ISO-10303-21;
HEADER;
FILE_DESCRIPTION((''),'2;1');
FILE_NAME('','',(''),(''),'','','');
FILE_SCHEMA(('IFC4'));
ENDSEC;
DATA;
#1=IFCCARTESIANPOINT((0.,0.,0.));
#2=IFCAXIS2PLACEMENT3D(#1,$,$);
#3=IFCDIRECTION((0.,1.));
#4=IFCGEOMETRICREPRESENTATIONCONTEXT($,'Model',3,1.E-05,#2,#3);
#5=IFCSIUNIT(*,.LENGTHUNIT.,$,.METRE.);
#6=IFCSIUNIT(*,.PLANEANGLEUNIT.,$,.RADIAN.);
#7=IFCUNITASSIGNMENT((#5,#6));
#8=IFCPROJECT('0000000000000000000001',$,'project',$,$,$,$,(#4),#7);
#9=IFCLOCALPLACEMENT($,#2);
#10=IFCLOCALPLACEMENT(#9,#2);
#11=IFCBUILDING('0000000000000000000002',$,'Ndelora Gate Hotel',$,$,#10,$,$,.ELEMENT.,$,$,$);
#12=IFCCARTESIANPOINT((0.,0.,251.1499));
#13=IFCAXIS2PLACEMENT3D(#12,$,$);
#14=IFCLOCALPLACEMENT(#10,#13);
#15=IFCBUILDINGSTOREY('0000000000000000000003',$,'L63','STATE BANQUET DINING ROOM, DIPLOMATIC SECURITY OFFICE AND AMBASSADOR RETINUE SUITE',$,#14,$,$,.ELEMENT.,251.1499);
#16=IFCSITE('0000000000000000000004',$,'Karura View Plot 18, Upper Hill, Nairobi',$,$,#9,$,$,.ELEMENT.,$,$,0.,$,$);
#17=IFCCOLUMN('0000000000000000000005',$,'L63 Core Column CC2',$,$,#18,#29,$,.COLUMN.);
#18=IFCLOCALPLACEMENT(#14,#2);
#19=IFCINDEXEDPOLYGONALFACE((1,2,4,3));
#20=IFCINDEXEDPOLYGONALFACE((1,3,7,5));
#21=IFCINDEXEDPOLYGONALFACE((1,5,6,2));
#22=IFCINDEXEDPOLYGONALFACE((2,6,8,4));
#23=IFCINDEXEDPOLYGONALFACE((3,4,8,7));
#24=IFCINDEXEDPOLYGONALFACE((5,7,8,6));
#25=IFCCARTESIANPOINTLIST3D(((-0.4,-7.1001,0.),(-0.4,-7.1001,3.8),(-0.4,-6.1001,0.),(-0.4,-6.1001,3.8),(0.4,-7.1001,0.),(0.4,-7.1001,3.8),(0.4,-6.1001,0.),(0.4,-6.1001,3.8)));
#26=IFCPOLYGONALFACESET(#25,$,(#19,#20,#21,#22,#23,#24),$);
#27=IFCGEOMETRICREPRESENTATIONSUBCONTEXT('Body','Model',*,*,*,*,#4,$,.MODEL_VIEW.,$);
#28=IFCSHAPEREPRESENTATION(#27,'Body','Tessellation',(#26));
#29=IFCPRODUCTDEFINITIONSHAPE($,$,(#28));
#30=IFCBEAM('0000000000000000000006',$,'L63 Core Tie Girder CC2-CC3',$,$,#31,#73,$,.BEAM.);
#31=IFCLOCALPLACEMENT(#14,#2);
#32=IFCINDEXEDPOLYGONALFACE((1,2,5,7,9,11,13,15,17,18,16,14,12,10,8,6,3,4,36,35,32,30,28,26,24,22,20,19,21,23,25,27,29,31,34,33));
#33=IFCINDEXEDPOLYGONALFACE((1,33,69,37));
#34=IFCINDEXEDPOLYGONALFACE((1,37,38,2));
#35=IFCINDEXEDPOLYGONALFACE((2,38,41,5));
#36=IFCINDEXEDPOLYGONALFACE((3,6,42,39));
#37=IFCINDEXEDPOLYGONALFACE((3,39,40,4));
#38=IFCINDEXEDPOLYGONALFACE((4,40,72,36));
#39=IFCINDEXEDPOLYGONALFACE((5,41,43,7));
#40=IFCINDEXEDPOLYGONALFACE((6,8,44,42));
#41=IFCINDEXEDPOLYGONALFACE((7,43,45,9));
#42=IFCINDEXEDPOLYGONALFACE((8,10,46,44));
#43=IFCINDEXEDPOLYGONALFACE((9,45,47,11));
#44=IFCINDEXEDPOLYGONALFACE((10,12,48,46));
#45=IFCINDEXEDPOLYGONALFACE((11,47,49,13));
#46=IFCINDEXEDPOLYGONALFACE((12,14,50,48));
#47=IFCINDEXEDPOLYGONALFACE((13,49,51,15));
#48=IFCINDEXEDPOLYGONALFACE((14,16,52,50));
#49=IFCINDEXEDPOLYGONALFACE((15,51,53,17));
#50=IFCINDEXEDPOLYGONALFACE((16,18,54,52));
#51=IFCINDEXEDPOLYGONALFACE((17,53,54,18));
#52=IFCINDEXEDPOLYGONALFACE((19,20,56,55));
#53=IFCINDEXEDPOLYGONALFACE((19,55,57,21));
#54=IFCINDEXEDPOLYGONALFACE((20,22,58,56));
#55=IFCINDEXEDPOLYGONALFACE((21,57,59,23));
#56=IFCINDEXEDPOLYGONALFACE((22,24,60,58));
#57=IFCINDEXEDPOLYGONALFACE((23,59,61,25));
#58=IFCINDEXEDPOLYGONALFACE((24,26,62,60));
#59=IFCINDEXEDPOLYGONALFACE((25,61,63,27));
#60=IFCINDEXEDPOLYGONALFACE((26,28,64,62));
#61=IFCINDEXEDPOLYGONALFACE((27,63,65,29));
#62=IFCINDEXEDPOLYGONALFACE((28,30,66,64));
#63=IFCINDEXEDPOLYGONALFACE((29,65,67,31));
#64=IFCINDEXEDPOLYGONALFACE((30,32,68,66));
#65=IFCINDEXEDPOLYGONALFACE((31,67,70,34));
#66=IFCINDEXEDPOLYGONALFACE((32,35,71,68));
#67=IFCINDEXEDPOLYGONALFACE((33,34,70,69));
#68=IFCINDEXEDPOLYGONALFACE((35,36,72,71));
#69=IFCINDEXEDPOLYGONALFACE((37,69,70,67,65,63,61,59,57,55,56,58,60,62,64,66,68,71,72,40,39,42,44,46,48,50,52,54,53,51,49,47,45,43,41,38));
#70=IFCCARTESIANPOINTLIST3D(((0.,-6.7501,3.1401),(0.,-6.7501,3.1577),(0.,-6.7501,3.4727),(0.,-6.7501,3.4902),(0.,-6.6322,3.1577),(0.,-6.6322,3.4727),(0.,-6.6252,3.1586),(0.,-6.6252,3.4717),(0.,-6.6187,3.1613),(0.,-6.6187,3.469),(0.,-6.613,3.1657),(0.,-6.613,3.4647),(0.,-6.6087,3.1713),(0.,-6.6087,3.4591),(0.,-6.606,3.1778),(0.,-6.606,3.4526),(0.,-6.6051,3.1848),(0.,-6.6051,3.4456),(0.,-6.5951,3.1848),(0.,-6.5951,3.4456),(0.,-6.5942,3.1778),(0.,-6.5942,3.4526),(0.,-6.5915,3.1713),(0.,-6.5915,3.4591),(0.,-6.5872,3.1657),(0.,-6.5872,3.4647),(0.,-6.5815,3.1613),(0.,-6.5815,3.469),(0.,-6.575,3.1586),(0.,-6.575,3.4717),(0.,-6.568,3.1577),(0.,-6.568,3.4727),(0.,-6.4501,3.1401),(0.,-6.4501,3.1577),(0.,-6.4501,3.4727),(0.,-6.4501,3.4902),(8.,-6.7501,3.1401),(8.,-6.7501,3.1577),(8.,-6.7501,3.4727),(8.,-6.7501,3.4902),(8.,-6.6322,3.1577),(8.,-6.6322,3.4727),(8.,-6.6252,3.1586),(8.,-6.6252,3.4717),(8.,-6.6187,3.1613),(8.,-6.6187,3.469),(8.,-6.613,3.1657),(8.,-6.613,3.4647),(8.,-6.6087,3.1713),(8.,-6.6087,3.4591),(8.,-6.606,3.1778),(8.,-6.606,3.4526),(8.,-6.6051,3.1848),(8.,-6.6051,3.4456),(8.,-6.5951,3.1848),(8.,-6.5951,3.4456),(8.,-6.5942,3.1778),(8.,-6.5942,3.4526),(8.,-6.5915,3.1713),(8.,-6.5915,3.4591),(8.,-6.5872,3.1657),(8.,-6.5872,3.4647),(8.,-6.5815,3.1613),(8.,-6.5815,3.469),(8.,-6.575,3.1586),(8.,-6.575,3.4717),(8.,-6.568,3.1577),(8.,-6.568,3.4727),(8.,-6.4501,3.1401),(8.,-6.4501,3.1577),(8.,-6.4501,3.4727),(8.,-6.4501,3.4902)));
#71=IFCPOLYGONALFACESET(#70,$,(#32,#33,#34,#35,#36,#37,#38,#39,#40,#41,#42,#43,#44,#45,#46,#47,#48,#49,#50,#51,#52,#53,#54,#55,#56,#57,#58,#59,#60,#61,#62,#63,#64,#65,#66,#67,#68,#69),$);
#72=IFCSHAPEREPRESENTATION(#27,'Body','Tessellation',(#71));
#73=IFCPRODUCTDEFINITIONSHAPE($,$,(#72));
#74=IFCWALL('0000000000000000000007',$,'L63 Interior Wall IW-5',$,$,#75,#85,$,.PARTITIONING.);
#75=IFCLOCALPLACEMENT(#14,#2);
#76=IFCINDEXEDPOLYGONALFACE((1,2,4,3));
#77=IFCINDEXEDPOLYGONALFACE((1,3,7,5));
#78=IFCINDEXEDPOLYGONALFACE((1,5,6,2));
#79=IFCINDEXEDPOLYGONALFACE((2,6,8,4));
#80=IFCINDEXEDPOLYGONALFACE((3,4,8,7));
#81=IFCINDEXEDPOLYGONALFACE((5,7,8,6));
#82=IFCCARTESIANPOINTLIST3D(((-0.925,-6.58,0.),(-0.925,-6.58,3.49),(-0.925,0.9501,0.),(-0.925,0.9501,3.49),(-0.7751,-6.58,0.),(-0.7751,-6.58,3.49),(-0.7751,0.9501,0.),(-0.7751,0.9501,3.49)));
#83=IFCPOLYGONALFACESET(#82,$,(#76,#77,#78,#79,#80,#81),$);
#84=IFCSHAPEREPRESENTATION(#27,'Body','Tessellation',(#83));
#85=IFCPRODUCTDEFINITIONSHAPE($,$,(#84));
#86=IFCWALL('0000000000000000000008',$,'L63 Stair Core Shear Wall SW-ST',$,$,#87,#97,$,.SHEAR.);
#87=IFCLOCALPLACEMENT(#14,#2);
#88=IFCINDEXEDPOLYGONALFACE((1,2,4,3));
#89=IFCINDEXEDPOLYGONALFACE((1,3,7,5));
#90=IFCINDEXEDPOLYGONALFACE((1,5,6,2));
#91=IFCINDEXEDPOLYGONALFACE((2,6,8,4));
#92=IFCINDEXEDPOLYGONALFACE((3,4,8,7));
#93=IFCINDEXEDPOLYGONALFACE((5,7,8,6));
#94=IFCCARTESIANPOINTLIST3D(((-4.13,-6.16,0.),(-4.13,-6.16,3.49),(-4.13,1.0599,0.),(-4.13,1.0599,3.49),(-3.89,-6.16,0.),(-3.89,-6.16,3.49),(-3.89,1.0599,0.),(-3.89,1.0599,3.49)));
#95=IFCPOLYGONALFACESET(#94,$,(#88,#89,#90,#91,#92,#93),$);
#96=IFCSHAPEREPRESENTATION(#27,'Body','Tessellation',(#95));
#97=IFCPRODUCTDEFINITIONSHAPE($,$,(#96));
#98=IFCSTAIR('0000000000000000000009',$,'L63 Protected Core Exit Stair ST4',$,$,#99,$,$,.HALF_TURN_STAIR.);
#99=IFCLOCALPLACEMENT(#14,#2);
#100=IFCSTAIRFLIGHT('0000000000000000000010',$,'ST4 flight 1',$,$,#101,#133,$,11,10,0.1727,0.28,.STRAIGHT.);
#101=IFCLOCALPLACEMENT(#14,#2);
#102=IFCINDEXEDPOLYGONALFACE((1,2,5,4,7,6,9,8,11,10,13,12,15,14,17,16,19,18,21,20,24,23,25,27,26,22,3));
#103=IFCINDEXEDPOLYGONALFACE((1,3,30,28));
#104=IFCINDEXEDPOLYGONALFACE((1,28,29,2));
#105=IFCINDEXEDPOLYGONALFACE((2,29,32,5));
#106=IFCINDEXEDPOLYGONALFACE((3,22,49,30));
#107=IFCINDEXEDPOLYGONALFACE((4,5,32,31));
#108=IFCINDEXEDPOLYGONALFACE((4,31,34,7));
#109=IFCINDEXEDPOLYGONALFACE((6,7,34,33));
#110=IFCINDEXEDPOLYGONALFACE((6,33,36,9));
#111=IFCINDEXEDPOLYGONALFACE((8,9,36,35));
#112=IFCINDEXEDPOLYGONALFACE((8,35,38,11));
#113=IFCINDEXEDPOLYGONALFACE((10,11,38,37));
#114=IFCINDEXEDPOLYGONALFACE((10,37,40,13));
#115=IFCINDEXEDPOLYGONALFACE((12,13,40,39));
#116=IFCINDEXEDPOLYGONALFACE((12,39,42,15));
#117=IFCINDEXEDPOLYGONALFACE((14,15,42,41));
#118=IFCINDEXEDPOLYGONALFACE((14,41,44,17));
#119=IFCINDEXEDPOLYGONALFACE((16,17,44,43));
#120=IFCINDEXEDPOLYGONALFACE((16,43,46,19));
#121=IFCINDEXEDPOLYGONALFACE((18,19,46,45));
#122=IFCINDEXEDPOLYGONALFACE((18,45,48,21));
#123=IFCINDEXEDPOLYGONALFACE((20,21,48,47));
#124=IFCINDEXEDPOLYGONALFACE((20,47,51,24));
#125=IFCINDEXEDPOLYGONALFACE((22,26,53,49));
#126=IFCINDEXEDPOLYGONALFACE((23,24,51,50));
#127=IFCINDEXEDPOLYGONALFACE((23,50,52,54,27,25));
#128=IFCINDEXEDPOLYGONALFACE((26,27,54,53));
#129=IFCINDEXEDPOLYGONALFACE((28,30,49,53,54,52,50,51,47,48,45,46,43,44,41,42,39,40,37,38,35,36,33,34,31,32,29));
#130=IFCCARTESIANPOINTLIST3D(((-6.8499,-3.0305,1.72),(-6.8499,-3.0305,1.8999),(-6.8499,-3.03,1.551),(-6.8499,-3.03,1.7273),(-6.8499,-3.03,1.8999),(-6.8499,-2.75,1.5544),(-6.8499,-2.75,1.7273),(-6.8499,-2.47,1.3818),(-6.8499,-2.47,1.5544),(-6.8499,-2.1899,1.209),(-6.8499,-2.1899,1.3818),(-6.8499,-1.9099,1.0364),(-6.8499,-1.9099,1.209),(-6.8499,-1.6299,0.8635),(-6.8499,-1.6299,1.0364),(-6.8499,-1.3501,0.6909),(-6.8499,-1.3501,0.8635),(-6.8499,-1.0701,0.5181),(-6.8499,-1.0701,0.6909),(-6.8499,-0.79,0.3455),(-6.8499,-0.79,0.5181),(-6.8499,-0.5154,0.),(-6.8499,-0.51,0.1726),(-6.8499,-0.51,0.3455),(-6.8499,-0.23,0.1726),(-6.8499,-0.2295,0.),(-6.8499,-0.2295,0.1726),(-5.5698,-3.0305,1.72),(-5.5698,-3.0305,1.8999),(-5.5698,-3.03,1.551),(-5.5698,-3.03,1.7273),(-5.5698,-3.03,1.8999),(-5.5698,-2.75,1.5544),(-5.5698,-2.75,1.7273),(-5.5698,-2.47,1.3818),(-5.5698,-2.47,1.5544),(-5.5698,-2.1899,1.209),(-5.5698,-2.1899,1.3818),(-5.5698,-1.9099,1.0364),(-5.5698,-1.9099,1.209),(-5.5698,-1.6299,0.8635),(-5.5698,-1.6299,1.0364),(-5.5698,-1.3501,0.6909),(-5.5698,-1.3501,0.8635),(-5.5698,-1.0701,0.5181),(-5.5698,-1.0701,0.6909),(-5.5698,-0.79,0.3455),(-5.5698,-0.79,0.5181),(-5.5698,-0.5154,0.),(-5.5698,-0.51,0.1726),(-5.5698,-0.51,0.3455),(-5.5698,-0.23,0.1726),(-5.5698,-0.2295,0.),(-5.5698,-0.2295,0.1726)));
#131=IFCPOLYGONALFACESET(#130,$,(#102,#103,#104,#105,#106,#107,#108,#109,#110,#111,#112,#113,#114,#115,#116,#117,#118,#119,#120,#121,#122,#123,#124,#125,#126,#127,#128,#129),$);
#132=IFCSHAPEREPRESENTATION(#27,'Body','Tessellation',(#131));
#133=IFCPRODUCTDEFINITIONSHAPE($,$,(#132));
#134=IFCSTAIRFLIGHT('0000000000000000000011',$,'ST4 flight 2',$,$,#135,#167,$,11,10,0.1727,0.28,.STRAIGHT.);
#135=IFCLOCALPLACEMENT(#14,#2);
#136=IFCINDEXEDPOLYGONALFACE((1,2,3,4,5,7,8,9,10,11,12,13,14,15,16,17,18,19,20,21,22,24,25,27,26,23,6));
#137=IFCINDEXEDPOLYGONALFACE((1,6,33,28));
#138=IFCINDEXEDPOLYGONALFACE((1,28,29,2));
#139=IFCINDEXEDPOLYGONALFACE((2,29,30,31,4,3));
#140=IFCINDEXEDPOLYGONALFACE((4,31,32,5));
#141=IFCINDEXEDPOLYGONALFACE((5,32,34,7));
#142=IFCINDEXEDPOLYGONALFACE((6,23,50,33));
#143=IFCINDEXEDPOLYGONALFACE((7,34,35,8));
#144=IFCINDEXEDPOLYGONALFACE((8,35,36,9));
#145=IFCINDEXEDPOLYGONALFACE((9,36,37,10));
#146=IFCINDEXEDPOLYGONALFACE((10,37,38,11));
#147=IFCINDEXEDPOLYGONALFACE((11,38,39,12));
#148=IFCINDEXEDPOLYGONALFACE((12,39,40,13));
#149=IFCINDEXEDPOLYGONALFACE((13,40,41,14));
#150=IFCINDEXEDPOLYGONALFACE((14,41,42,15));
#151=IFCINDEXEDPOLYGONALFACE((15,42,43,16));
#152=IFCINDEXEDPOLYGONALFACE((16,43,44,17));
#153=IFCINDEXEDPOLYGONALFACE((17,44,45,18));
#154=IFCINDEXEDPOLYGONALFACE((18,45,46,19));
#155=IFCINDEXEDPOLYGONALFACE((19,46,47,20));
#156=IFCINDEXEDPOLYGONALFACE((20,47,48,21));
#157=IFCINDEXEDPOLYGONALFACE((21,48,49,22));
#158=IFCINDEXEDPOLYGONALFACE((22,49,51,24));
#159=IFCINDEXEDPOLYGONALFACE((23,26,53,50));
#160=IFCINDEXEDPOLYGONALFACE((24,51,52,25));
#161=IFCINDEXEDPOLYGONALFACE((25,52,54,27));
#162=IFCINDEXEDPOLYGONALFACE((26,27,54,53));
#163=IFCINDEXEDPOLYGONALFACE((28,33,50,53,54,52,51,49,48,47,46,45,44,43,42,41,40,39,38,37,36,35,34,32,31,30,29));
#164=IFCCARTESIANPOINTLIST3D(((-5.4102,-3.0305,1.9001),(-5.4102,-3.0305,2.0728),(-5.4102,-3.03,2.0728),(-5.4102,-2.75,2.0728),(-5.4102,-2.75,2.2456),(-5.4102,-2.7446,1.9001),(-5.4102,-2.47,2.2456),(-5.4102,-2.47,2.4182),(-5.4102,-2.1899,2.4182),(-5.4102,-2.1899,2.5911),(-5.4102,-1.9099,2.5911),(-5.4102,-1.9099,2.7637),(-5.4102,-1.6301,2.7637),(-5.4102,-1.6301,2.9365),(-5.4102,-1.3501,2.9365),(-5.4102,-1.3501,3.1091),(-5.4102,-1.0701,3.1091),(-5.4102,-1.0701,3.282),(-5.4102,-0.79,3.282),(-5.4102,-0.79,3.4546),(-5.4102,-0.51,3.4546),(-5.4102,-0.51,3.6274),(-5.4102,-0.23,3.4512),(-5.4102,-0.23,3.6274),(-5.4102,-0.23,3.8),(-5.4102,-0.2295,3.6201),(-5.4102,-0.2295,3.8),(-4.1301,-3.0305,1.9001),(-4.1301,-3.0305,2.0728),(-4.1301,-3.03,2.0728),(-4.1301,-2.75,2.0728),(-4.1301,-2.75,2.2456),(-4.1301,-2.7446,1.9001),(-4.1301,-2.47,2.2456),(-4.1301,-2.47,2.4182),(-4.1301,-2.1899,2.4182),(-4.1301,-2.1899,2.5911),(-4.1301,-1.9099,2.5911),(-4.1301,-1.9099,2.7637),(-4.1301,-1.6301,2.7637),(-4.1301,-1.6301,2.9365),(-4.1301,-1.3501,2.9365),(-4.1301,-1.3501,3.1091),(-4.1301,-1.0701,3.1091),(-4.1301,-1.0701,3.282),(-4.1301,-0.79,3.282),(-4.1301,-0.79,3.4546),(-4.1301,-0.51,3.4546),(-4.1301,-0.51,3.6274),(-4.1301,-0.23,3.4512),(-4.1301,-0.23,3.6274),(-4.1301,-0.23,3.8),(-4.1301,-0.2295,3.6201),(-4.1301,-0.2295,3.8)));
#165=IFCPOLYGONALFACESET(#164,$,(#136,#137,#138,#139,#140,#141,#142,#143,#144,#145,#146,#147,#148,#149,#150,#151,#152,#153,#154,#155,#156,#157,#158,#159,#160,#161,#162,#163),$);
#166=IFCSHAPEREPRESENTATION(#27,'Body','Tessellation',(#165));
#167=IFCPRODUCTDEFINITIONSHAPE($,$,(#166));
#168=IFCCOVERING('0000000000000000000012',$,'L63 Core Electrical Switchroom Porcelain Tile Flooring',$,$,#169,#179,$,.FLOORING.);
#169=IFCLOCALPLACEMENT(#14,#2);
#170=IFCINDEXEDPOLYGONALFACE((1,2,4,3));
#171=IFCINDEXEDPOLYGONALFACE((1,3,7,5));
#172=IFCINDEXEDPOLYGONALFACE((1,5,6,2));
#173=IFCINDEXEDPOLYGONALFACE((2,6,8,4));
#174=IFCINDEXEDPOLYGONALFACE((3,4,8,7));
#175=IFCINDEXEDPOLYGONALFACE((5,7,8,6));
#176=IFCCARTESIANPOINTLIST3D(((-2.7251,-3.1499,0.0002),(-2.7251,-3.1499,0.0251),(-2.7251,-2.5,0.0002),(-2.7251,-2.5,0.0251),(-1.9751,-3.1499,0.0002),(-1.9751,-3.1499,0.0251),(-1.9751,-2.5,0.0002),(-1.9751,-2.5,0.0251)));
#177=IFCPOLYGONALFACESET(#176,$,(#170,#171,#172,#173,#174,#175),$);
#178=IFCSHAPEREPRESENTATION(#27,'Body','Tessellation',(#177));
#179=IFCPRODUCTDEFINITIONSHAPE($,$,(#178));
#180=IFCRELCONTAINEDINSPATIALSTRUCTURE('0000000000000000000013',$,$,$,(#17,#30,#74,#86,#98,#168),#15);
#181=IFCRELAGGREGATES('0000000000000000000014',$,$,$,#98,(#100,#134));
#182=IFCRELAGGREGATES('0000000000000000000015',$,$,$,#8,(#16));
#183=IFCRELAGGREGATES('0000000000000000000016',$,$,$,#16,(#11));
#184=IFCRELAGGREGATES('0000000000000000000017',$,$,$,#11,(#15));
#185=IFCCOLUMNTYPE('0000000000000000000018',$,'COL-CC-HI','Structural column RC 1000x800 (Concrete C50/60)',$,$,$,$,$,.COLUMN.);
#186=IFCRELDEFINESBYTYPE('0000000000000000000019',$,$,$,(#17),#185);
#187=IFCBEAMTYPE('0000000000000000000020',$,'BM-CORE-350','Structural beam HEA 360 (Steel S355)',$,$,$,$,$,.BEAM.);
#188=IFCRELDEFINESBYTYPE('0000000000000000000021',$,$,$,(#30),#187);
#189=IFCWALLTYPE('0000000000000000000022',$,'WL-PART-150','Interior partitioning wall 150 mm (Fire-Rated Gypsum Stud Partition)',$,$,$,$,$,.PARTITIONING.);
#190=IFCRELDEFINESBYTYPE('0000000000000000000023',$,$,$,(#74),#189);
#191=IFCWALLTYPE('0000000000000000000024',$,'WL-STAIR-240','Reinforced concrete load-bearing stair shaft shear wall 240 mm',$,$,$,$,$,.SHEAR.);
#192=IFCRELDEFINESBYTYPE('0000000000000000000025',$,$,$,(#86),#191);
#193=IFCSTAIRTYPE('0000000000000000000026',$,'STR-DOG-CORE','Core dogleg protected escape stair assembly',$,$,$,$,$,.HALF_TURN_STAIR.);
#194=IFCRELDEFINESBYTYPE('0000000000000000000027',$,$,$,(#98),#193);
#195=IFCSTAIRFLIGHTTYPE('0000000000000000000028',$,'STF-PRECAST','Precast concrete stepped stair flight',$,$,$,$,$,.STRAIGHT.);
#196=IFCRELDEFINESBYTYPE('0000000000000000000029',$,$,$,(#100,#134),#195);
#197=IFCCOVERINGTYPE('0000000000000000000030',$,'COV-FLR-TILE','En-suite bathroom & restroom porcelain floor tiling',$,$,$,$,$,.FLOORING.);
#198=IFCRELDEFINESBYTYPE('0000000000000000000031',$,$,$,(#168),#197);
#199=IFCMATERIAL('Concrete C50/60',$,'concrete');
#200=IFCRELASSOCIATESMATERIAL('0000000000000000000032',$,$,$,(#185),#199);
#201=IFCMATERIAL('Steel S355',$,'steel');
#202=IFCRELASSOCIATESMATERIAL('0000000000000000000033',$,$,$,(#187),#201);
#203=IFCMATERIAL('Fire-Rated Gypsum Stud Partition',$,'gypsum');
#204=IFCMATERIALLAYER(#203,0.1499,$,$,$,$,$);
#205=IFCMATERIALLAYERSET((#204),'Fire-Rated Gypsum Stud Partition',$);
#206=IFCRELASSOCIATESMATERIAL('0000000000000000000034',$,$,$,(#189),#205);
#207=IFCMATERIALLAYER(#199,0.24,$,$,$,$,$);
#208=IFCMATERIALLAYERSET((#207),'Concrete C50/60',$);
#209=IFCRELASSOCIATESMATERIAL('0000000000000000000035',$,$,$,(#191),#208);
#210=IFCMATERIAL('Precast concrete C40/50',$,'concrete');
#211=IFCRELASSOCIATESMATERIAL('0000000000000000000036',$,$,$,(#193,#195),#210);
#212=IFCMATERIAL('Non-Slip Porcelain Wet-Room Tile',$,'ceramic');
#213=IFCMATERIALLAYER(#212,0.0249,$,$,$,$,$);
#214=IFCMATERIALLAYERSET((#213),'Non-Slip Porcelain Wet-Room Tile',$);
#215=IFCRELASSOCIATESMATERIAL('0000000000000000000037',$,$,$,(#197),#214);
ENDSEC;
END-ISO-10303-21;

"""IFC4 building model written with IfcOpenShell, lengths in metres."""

from ifc_helpers import new_model, si_unit, direction, frame, frame_2d, origin, origin_2d, place, context, subcontext, project, spatial, polyline, rectangle, i_section, outline, extrude, material, layer, layer_set, material_profile, profile_set, type_object, element, aggregate, save


model = new_model("IFC4")

# Units and contexts
model_context = context("Model", 3, precision=1e-05, world=origin(), true_north=direction((0.0, 1.0)))
body_context = subcontext(model_context, "Body", "Model", "MODEL_VIEW")
ifc_project = project(units=[si_unit("LENGTHUNIT", "METRE"), si_unit("PLANEANGLEUNIT", "RADIAN")], contexts=[model_context])

# Site, building, storey
site_placement = place(None, origin())
site = spatial("IfcSite", under=ifc_project, at=site_placement, Name="Karura View Plot 18, Upper Hill, Nairobi", CompositionType="ELEMENT", RefElevation=0.0)
building_placement = place(site_placement, origin())
building = spatial("IfcBuilding", under=site, at=building_placement, Name="Ndelora Gate Hotel", CompositionType="ELEMENT")
storey_placement = place(building_placement, frame((0.0, 0.0, 251.1499)))
storey = spatial("IfcBuildingStorey", under=building, at=storey_placement, Name="L63", Description="STATE BANQUET DINING ROOM, DIPLOMATIC SECURITY OFFICE AND AMBASSADOR RETINUE SUITE", CompositionType="ELEMENT", Elevation=251.1499)

# Column
ifc_material_1 = material(Name="Concrete C50/60", Category="concrete")
ifc_material_profile_1 = material_profile(ifc_material_1, rectangle(XDim=0.8, YDim=1.0, at=origin_2d()), Name="RC 1000x800")
ifc_profile_set_1 = profile_set([ifc_material_profile_1], Name="Concrete C50/60")
column_type = type_object("IfcColumnType", Name="COL-CC-HI", Description="Structural column RC 1000x800 (Concrete C50/60)", PredefinedType="COLUMN", material=ifc_profile_set_1)
column_placement = place(storey_placement, frame((0.0, -6.6001, 0.0), z_axis=(0.0, 0.0, 1.0), x_axis=(1.0, 0.0, 0.0)))
element("IfcColumn", 1, at=column_placement, inside=storey, type_object=column_type, Name="L63 Core Column CC2", PredefinedType="COLUMN", context=body_context, shape_type="SweptSolid", body=[
    extrude(rectangle(XDim=0.8, YDim=1.0, at=origin_2d()), origin(), (0.0, 0.0, 1.0), 3.8),
])

# Beam
ifc_material_2 = material(Name="Steel S355", Category="steel")
ifc_material_profile_2 = material_profile(ifc_material_2, i_section(OverallWidth=0.3, OverallDepth=0.3501, WebThickness=0.01, FlangeThickness=0.0176, FilletRadius=0.0271, at=origin_2d()), Name="HEA 360")
ifc_profile_set_2 = profile_set([ifc_material_profile_2], Name="Steel S355")
beam_type = type_object("IfcBeamType", Name="BM-CORE-350", Description="Structural beam HEA 360 (Steel S355)", PredefinedType="BEAM", material=ifc_profile_set_2)
beam_placement = place(storey_placement, frame((0.0, -6.6001, 3.3152), z_axis=(1.0, 0.0, 0.0), x_axis=(0.0, 1.0, 0.0)))
element("IfcBeam", 2, at=beam_placement, inside=storey, type_object=beam_type, Name="L63 Core Tie Girder CC2-CC3", PredefinedType="BEAM", context=body_context, shape_type="SweptSolid", body=[
    extrude(i_section(OverallWidth=0.3, OverallDepth=0.3501, WebThickness=0.01, FlangeThickness=0.0176, FilletRadius=0.0271, at=origin_2d()), origin(), (0.0, 0.0, 1.0), 8.0),
])

# Walls
ifc_material_3 = material(Name="Fire-Rated Gypsum Stud Partition", Category="gypsum")
ifc_layer_1 = layer(ifc_material_3, 0.1499)
ifc_layer_set_1 = layer_set([ifc_layer_1], Name="Fire-Rated Gypsum Stud Partition")
wall_type_1 = type_object("IfcWallType", Name="WL-PART-150", Description="Interior partitioning wall 150 mm (Fire-Rated Gypsum Stud Partition)", PredefinedType="PARTITIONING", material=ifc_layer_set_1)
wall_1_placement = place(storey_placement, frame((-0.8501, -6.5801, 0.0), z_axis=(0.0, 0.0, 1.0), x_axis=(0.0, 1.0, 0.0)))
element("IfcWall", 3, at=wall_1_placement, inside=storey, type_object=wall_type_1, Name="L63 Interior Wall IW-5", PredefinedType="PARTITIONING", context=body_context, shape_type="SweptSolid", body=[
    extrude(rectangle(XDim=7.53, YDim=0.1499, at=frame_2d((3.7651, 0.0))), origin(), (0.0, 0.0, 1.0), 3.49),
])
ifc_layer_2 = layer(ifc_material_1, 0.24)
ifc_layer_set_2 = layer_set([ifc_layer_2], Name="Concrete C50/60")
wall_type_2 = type_object("IfcWallType", Name="WL-STAIR-240", Description="Reinforced concrete load-bearing stair shaft shear wall 240 mm", PredefinedType="SHEAR", material=ifc_layer_set_2)
wall_2_placement = place(storey_placement, frame((-4.01, -6.1599, 0.0), z_axis=(0.0, 0.0, 1.0), x_axis=(0.0, 1.0, 0.0)))
element("IfcWall", 4, at=wall_2_placement, inside=storey, type_object=wall_type_2, Name="L63 Stair Core Shear Wall SW-ST", PredefinedType="SHEAR", context=body_context, shape_type="SweptSolid", body=[
    extrude(rectangle(XDim=7.22, YDim=0.24, at=frame_2d((3.6099, 0.0))), origin(), (0.0, 0.0, 1.0), 3.49),
])

# Stair, stair flights
ifc_material_4 = material(Name="Precast concrete C40/50", Category="concrete")
stair_type = type_object("IfcStairType", Name="STR-DOG-CORE", Description="Core dogleg protected escape stair assembly", PredefinedType="HALF_TURN_STAIR", material=ifc_material_4)
stair_placement = place(storey_placement, origin())
stair = element("IfcStair", 5, at=stair_placement, inside=storey, type_object=stair_type, Name="L63 Protected Core Exit Stair ST4", PredefinedType="HALF_TURN_STAIR")
stair_flight_type = type_object("IfcStairFlightType", Name="STF-PRECAST", Description="Precast concrete stepped stair flight", PredefinedType="STRAIGHT", material=ifc_material_4)
stair_flight_1_placement = place(storey_placement, frame((-6.21, -0.23, 0.0), z_axis=(0.0, 0.0, 1.0), x_axis=(0.0, -1.0, 0.0)))
stair_flight_1 = element("IfcStairFlight", 6, at=stair_flight_1_placement, type_object=stair_flight_type, Name="ST4 flight 1", NumberOfRisers=11, NumberOfTreads=10, PredefinedType="STRAIGHT", RiserHeight=0.1727, TreadLength=0.28, context=body_context, shape_type="SweptSolid", body=[
    extrude(outline(polyline([(-0.0005, 0.0), (-0.0005, 0.1726), (0.0, 0.1726), (0.28, 0.1726), (0.28, 0.3455), (0.5601, 0.3455), (0.5601, 0.5181), (0.8401, 0.5181), (0.8401, 0.6909), (1.1201, 0.6909), (1.1201, 0.8635), (1.3999, 0.8635), (1.3999, 1.0364), (1.6799, 1.0364), (1.6799, 1.209), (1.96, 1.209), (1.96, 1.3818), (2.24, 1.3818), (2.24, 1.5544), (2.52, 1.5544), (2.52, 1.7273), (2.8, 1.7273), (2.8, 1.8999), (2.8005, 1.8999), (2.8005, 1.72), (2.8, 1.551), (0.2854, 0.0), (-0.0005, 0.0)])), frame((0.0, 0.6401, 0.0), z_axis=(0.0, -1.0, 0.0), x_axis=(1.0, 0.0, 0.0)), (0.0, 0.0, 1.0), 1.28),
])
stair_flight_2_placement = place(storey_placement, frame((-4.77, -3.03, 1.9001), z_axis=(0.0, 0.0, 1.0), x_axis=(0.0, 1.0, 0.0)))
stair_flight_2 = element("IfcStairFlight", 7, at=stair_flight_2_placement, type_object=stair_flight_type, Name="ST4 flight 2", NumberOfRisers=11, NumberOfTreads=10, PredefinedType="STRAIGHT", RiserHeight=0.1727, TreadLength=0.28, context=body_context, shape_type="SweptSolid", body=[
    extrude(outline(polyline([(-0.0005, 0.0), (-0.0005, 0.1726), (0.0, 0.1726), (0.28, 0.1726), (0.28, 0.3455), (0.5601, 0.3455), (0.5601, 0.5181), (0.8401, 0.5181), (0.8401, 0.6909), (1.1201, 0.6909), (1.1201, 0.8635), (1.3999, 0.8635), (1.3999, 1.0364), (1.6799, 1.0364), (1.6799, 1.209), (1.96, 1.209), (1.96, 1.3818), (2.24, 1.3818), (2.24, 1.5544), (2.52, 1.5544), (2.52, 1.7273), (2.8, 1.7273), (2.8, 1.8999), (2.8005, 1.8999), (2.8005, 1.72), (2.8, 1.551), (0.2854, 0.0), (-0.0005, 0.0)])), frame((0.0, 0.6401, 0.0), z_axis=(0.0, -1.0, 0.0), x_axis=(1.0, 0.0, 0.0)), (0.0, 0.0, 1.0), 1.28),
])
aggregate(stair, [stair_flight_1, stair_flight_2])

# Covering
ifc_material_5 = material(Name="Non-Slip Porcelain Wet-Room Tile", Category="ceramic")
ifc_layer_3 = layer(ifc_material_5, 0.0249)
ifc_layer_set_3 = layer_set([ifc_layer_3], Name="Non-Slip Porcelain Wet-Room Tile")
covering_type = type_object("IfcCoveringType", Name="COV-FLR-TILE", Description="En-suite bathroom & restroom porcelain floor tiling", PredefinedType="FLOORING", material=ifc_layer_set_3)
covering_placement = place(storey_placement, frame((-2.3501, -2.825, 0.0002), z_axis=(0.0, 0.0, 1.0), x_axis=(1.0, 0.0, 0.0)))
element("IfcCovering", 8, at=covering_placement, inside=storey, type_object=covering_type, Name="L63 Core Electrical Switchroom Porcelain Tile Flooring", PredefinedType="FLOORING", context=body_context, shape_type="SweptSolid", body=[
    extrude(rectangle(XDim=0.75, YDim=0.6499, at=origin_2d()), origin(), (0.0, 0.0, 1.0), 0.0249),
])

save(model, "model.ifc")
